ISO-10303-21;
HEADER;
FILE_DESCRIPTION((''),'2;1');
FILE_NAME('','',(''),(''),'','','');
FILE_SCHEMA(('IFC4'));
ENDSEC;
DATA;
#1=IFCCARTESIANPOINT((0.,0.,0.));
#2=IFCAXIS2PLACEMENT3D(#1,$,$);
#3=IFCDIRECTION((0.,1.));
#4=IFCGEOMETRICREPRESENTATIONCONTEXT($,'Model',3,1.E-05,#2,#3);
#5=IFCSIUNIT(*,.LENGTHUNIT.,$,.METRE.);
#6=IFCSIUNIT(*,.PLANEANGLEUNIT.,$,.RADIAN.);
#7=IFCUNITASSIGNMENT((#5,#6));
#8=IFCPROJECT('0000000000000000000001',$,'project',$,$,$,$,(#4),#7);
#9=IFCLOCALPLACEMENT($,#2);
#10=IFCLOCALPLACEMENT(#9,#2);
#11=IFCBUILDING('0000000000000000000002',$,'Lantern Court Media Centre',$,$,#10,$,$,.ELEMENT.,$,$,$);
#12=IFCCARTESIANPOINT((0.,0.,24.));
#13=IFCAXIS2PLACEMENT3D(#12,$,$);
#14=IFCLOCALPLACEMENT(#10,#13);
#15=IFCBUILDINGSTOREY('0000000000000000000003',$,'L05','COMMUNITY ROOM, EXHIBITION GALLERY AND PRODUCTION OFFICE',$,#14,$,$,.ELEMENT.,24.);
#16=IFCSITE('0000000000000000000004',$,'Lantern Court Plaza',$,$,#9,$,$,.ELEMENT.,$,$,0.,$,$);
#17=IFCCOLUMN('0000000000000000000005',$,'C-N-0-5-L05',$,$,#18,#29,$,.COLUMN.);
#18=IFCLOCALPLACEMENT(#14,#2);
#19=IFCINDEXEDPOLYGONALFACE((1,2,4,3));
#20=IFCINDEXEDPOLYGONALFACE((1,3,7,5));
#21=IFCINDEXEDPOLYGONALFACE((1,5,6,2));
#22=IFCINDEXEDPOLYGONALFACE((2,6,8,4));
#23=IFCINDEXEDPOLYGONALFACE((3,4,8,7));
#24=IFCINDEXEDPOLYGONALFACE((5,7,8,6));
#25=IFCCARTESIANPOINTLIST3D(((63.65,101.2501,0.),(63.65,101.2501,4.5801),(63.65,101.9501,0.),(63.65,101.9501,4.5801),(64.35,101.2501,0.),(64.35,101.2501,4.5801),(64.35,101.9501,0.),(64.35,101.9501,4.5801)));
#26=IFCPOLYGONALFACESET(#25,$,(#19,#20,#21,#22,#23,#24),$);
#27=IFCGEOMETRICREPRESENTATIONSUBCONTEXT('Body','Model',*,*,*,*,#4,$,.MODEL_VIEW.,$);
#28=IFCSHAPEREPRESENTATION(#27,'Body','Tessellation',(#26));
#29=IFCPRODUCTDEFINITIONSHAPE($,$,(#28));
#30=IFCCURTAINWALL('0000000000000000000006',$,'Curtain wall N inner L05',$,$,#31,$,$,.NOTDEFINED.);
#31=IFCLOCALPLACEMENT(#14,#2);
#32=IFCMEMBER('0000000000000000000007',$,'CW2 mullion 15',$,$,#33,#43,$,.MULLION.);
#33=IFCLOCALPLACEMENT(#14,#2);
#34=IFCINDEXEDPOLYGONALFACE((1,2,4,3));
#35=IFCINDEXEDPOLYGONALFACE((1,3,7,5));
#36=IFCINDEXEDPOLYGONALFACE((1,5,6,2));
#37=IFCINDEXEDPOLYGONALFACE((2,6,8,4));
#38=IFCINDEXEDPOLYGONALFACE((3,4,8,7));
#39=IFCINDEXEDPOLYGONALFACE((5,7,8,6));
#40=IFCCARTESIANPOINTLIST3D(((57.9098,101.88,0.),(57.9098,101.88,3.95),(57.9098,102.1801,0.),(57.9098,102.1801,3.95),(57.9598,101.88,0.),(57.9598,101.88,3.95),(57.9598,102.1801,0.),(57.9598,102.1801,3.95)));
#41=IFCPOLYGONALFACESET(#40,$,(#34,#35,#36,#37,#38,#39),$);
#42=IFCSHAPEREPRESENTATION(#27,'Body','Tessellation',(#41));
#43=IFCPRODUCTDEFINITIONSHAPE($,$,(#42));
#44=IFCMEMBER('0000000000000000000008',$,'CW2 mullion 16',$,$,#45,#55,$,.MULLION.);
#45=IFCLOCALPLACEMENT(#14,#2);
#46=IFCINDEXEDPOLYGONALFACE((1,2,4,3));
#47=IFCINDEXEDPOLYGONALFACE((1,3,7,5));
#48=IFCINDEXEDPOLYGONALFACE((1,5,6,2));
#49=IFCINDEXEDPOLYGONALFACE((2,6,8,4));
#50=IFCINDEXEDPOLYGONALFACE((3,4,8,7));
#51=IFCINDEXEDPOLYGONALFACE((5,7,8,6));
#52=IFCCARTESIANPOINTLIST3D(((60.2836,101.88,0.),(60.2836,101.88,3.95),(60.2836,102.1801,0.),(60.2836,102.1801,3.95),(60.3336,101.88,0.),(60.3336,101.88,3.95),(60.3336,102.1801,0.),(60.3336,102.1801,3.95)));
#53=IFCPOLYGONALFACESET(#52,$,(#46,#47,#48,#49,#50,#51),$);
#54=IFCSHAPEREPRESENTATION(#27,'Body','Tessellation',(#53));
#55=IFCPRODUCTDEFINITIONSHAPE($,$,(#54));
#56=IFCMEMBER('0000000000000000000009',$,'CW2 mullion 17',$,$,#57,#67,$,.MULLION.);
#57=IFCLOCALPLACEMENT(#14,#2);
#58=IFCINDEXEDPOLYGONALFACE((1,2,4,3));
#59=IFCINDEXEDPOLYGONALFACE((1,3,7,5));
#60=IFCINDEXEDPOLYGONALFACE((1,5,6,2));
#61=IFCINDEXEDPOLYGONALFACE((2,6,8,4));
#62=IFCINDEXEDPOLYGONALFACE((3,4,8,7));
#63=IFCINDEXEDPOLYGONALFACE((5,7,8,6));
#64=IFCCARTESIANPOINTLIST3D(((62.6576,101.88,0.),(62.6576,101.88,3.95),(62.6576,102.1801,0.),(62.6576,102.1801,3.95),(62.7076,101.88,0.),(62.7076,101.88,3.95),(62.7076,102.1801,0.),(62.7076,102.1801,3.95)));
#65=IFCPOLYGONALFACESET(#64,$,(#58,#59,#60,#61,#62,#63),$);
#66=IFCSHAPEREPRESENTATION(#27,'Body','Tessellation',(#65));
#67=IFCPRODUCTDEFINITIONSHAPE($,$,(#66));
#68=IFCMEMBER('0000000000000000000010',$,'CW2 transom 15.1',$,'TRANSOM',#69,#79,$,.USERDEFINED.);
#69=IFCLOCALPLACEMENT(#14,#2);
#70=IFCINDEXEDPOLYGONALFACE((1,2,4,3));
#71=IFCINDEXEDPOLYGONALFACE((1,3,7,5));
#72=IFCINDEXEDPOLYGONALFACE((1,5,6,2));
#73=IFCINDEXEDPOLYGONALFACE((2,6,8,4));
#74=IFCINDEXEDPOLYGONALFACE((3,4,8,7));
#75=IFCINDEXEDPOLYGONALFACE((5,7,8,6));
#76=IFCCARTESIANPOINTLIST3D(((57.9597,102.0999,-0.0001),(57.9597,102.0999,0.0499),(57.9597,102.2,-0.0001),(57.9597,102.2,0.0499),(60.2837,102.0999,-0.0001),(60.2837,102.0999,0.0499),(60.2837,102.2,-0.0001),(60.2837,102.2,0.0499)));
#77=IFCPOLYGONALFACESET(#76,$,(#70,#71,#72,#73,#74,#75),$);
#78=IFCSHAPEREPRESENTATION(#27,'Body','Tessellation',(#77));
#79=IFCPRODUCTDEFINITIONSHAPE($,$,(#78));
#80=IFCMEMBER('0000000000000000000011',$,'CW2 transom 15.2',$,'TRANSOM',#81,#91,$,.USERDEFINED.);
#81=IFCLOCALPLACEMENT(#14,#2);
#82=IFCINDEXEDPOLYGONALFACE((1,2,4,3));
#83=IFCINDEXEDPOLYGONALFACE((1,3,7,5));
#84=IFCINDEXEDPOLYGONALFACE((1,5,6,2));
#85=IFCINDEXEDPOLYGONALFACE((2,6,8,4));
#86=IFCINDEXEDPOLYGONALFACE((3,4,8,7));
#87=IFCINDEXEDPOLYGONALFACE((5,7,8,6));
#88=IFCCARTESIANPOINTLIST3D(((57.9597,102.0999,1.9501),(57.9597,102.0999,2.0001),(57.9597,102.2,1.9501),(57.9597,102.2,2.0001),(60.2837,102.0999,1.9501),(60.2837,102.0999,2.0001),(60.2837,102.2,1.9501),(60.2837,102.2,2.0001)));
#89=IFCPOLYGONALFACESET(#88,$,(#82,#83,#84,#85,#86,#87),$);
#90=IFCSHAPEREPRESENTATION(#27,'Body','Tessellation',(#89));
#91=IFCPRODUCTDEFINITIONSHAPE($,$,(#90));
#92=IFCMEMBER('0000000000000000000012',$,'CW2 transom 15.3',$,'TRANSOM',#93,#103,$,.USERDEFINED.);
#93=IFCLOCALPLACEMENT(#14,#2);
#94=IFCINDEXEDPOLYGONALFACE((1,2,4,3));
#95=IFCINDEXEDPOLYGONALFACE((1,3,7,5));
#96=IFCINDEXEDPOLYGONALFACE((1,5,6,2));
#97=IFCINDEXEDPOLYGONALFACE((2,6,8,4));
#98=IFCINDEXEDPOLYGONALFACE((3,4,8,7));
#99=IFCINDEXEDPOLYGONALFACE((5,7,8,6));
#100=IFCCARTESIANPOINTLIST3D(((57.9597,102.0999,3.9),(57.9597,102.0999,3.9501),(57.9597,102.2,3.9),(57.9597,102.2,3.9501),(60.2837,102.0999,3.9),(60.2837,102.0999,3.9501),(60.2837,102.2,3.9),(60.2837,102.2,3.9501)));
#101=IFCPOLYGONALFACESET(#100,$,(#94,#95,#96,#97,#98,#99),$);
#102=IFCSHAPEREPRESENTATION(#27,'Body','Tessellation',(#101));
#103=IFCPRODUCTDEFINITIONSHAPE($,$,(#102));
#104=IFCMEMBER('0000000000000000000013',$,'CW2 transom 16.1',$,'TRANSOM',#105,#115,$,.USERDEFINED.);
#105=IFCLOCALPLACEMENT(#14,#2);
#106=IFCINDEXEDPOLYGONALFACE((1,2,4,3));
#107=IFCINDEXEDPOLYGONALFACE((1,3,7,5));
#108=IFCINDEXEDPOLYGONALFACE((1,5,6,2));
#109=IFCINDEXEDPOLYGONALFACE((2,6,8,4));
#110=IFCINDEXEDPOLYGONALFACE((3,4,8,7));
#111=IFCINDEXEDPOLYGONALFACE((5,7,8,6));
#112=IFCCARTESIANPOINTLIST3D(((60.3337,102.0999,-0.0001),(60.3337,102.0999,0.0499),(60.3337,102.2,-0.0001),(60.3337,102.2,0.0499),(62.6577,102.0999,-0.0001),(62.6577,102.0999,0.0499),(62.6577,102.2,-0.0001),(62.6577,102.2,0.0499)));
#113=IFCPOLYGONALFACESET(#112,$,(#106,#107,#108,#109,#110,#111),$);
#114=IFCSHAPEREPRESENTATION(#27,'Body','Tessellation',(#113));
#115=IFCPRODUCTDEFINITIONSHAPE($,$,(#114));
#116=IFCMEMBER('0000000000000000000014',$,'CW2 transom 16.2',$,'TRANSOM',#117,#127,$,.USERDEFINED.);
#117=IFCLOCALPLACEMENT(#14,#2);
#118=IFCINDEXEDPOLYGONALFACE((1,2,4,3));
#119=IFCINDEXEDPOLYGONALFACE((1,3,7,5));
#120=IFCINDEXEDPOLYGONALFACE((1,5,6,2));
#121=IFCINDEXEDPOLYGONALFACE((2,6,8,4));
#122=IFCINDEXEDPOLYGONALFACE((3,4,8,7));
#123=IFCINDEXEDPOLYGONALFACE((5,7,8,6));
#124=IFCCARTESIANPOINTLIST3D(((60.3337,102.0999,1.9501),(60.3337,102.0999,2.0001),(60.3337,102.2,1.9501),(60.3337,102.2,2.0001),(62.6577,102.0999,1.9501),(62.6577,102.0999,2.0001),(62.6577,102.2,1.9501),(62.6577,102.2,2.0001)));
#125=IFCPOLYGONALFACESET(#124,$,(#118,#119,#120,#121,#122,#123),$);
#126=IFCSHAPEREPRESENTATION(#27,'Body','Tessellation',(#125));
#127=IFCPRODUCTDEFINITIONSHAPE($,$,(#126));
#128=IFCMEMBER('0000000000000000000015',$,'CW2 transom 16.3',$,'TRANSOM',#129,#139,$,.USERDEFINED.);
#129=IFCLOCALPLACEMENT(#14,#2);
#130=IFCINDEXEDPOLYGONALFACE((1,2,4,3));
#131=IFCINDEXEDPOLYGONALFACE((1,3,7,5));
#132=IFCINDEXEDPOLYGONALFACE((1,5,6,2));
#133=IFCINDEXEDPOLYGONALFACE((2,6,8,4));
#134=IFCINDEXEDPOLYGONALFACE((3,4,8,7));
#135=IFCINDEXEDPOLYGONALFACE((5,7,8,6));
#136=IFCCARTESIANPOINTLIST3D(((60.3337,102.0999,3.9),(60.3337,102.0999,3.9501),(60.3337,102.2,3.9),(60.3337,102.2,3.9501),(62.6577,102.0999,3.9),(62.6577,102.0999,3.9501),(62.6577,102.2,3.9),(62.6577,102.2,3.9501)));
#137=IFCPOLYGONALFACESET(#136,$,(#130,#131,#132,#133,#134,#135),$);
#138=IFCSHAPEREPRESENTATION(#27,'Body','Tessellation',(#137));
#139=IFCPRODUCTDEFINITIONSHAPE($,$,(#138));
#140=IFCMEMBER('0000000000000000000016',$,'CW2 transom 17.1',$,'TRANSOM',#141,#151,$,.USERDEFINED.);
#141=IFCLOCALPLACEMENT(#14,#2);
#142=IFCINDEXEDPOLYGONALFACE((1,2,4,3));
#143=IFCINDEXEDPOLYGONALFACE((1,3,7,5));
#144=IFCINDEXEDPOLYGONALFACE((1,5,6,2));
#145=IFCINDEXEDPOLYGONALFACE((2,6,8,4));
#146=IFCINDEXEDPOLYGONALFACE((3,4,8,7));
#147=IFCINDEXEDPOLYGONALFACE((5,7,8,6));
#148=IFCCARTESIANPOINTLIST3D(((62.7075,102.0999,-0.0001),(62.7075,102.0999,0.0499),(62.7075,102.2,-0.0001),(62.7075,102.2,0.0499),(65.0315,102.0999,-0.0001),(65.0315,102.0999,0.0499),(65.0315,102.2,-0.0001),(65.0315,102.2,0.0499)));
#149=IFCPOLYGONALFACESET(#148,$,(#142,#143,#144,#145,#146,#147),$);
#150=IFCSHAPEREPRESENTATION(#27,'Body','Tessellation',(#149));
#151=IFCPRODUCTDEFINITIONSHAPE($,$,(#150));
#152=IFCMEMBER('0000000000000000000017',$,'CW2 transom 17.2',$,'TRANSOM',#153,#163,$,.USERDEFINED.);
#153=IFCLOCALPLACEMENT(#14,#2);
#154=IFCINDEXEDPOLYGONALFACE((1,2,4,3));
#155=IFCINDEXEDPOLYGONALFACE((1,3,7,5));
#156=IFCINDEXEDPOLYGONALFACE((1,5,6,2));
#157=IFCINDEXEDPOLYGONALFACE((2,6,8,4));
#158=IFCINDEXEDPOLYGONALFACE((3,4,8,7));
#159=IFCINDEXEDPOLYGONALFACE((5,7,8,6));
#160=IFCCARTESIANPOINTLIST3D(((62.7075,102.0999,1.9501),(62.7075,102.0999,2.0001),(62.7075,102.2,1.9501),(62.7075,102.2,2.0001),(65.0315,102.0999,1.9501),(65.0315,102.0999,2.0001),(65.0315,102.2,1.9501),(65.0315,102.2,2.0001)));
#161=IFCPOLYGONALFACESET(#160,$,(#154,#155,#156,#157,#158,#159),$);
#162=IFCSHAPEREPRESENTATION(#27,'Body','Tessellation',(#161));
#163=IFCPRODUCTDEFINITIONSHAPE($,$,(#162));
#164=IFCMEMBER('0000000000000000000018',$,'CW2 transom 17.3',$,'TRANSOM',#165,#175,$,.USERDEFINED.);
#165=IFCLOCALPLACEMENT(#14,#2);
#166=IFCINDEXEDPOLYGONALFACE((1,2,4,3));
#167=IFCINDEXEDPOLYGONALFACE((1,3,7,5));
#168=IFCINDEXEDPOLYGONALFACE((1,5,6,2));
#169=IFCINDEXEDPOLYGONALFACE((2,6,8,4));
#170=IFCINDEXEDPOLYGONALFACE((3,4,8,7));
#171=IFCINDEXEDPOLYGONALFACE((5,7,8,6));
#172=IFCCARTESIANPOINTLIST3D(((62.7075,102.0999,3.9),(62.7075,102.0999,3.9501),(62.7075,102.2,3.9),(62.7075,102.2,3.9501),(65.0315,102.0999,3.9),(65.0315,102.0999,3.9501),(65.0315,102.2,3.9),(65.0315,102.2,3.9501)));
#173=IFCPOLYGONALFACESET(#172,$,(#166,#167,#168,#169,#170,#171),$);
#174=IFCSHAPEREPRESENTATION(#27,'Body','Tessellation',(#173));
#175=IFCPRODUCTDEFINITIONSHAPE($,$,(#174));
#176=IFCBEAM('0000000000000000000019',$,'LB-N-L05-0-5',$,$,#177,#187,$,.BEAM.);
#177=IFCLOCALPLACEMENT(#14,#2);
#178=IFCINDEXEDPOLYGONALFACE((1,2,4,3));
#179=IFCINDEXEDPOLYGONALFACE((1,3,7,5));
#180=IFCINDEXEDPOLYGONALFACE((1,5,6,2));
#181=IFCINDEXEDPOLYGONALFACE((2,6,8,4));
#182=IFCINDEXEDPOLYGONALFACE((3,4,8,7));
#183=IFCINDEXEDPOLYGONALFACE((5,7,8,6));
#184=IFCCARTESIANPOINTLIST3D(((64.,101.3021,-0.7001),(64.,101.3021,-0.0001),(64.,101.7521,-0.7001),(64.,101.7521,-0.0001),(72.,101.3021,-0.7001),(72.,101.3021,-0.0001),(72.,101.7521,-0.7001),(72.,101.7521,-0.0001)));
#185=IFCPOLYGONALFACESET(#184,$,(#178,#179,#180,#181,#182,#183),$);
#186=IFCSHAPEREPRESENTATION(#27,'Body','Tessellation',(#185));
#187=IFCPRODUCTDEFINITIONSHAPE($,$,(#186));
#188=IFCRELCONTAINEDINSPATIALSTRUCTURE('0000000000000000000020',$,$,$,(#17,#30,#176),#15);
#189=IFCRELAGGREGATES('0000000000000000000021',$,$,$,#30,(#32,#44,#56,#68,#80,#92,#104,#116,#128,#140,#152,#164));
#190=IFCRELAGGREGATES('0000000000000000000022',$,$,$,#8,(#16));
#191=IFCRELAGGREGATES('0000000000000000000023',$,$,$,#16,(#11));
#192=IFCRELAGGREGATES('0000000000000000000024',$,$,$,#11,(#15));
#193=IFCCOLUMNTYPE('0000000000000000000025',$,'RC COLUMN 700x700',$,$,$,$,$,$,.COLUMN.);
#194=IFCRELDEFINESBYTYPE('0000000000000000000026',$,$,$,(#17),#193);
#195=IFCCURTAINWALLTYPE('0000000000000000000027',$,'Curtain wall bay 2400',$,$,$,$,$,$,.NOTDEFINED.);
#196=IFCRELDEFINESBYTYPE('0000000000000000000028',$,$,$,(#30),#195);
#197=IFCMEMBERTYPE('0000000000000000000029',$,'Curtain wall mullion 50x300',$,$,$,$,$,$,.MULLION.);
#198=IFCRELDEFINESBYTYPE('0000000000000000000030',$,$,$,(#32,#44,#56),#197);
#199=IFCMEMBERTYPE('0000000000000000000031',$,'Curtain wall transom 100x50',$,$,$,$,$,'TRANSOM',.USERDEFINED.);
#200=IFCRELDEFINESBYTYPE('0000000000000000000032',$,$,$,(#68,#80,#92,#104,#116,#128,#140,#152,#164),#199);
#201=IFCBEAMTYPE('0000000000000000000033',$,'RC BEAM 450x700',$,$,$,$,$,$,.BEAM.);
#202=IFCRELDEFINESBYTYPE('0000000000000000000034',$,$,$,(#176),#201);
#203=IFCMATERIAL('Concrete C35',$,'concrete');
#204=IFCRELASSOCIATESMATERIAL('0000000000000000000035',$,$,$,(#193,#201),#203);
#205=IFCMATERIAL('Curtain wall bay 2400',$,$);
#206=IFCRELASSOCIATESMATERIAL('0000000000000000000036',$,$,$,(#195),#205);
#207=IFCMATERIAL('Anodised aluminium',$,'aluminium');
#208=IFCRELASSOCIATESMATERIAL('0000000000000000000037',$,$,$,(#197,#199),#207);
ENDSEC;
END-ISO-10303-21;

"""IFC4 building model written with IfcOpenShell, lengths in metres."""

from ifc_helpers import new_model, si_unit, direction, frame, origin, origin_2d, place, context, subcontext, project, spatial, rectangle, extrude, material, material_profile, profile_set, type_object, element, aggregate, save


model = new_model("IFC4")

# Units and contexts
model_context = context("Model", 3, precision=1e-05, world=origin(), true_north=direction((0.0, 1.0)))
body_context = subcontext(model_context, "Body", "Model", "MODEL_VIEW")
ifc_project = project(units=[si_unit("LENGTHUNIT", "METRE"), si_unit("PLANEANGLEUNIT", "RADIAN")], contexts=[model_context])

# Site, building, storey
site_placement = place(None, origin())
site = spatial("IfcSite", under=ifc_project, at=site_placement, Name="Lantern Court Plaza", CompositionType="ELEMENT", RefElevation=0.0)
building_placement = place(site_placement, origin())
building = spatial("IfcBuilding", under=site, at=building_placement, Name="Lantern Court Media Centre", CompositionType="ELEMENT")
storey_placement = place(building_placement, frame((0.0, 0.0, 24.0)))
storey = spatial("IfcBuildingStorey", under=building, at=storey_placement, Name="L05", Description="COMMUNITY ROOM, EXHIBITION GALLERY AND PRODUCTION OFFICE", CompositionType="ELEMENT", Elevation=24.0)

# Column
ifc_material_1 = material(Name="Concrete C35", Category="concrete")
ifc_material_profile_1 = material_profile(ifc_material_1, rectangle(XDim=0.7, YDim=0.7, at=origin_2d()), Name="RC 700x700")
ifc_profile_set_1 = profile_set([ifc_material_profile_1], Name="Concrete C35")
column_type = type_object("IfcColumnType", Name="RC COLUMN 700x700", PredefinedType="COLUMN", material=ifc_profile_set_1)
column_placement = place(storey_placement, frame((64.0, 101.6001, 0.0), z_axis=(0.0, 0.0, 1.0), x_axis=(1.0, 0.0, 0.0)))
element("IfcColumn", 1, at=column_placement, inside=storey, type_object=column_type, Name="C-N-0-5-L05", PredefinedType="COLUMN", context=body_context, shape_type="SweptSolid", body=[
    extrude(rectangle(XDim=0.7, YDim=0.7, at=origin_2d()), origin(), (0.0, 0.0, 1.0), 4.5801),
])

# Curtain wall, members
ifc_material_2 = material(Name="Curtain wall bay 2400")
curtain_wall_type = type_object("IfcCurtainWallType", Name="Curtain wall bay 2400", PredefinedType="NOTDEFINED", material=ifc_material_2)
curtain_wall_placement = place(storey_placement, origin())
curtain_wall = element("IfcCurtainWall", 2, at=curtain_wall_placement, inside=storey, type_object=curtain_wall_type, Name="Curtain wall N inner L05", PredefinedType="NOTDEFINED")
ifc_material_3 = material(Name="Anodised aluminium", Category="aluminium")
ifc_material_profile_2 = material_profile(ifc_material_3, rectangle(XDim=0.3, YDim=0.05, at=origin_2d()), Name="AL 50x300")
ifc_profile_set_2 = profile_set([ifc_material_profile_2], Name="Anodised aluminium")
member_type_1 = type_object("IfcMemberType", Name="Curtain wall mullion 50x300", PredefinedType="MULLION", material=ifc_profile_set_2)
member_1_placement = place(storey_placement, frame((57.9348, 102.03, 0.0), z_axis=(0.0, 0.0, 1.0), x_axis=(0.0, 1.0, 0.0)))
member_1 = element("IfcMember", 3, at=member_1_placement, type_object=member_type_1, Name="CW2 mullion 15", PredefinedType="MULLION", context=body_context, shape_type="SweptSolid", body=[
    extrude(rectangle(XDim=0.3, YDim=0.05, at=origin_2d()), origin(), (0.0, 0.0, 1.0), 3.95),
])
member_2_placement = place(storey_placement, frame((60.3086, 102.03, 0.0), z_axis=(0.0, 0.0, 1.0), x_axis=(0.0, 1.0, 0.0)))
member_2 = element("IfcMember", 4, at=member_2_placement, type_object=member_type_1, Name="CW2 mullion 16", PredefinedType="MULLION", context=body_context, shape_type="SweptSolid", body=[
    extrude(rectangle(XDim=0.3, YDim=0.05, at=origin_2d()), origin(), (0.0, 0.0, 1.0), 3.95),
])
member_3_placement = place(storey_placement, frame((62.6826, 102.03, 0.0), z_axis=(0.0, 0.0, 1.0), x_axis=(0.0, 1.0, 0.0)))
member_3 = element("IfcMember", 5, at=member_3_placement, type_object=member_type_1, Name="CW2 mullion 17", PredefinedType="MULLION", context=body_context, shape_type="SweptSolid", body=[
    extrude(rectangle(XDim=0.3, YDim=0.05, at=origin_2d()), origin(), (0.0, 0.0, 1.0), 3.95),
])
ifc_material_profile_3 = material_profile(ifc_material_3, rectangle(XDim=0.1001, YDim=0.05, at=origin_2d()), Name="AL 50x100")
ifc_profile_set_3 = profile_set([ifc_material_profile_3], Name="Anodised aluminium")
member_type_2 = type_object("IfcMemberType", Name="Curtain wall transom 100x50", ElementType="TRANSOM", PredefinedType="USERDEFINED", material=ifc_profile_set_3)
member_4_placement = place(storey_placement, frame((57.9597, 102.1499, 0.0249), z_axis=(1.0, 0.0, 0.0), x_axis=(0.0, 1.0, 0.0)))
member_4 = element("IfcMember", 6, at=member_4_placement, type_object=member_type_2, Name="CW2 transom 15.1", ObjectType="TRANSOM", PredefinedType="USERDEFINED", context=body_context, shape_type="SweptSolid", body=[
    extrude(rectangle(XDim=0.1001, YDim=0.05, at=origin_2d()), origin(), (0.0, 0.0, 1.0), 2.324),
])
member_5_placement = place(storey_placement, frame((57.9597, 102.1499, 1.9751), z_axis=(1.0, 0.0, 0.0), x_axis=(0.0, 1.0, 0.0)))
member_5 = element("IfcMember", 7, at=member_5_placement, type_object=member_type_2, Name="CW2 transom 15.2", ObjectType="TRANSOM", PredefinedType="USERDEFINED", context=body_context, shape_type="SweptSolid", body=[
    extrude(rectangle(XDim=0.1001, YDim=0.05, at=origin_2d()), origin(), (0.0, 0.0, 1.0), 2.324),
])
member_6_placement = place(storey_placement, frame((57.9597, 102.1499, 3.925), z_axis=(1.0, 0.0, 0.0), x_axis=(0.0, 1.0, 0.0)))
member_6 = element("IfcMember", 8, at=member_6_placement, type_object=member_type_2, Name="CW2 transom 15.3", ObjectType="TRANSOM", PredefinedType="USERDEFINED", context=body_context, shape_type="SweptSolid", body=[
    extrude(rectangle(XDim=0.1001, YDim=0.05, at=origin_2d()), origin(), (0.0, 0.0, 1.0), 2.324),
])
member_7_placement = place(storey_placement, frame((60.3337, 102.1499, 0.0249), z_axis=(1.0, 0.0, 0.0), x_axis=(0.0, 1.0, 0.0)))
member_7 = element("IfcMember", 9, at=member_7_placement, type_object=member_type_2, Name="CW2 transom 16.1", ObjectType="TRANSOM", PredefinedType="USERDEFINED", context=body_context, shape_type="SweptSolid", body=[
    extrude(rectangle(XDim=0.1001, YDim=0.05, at=origin_2d()), origin(), (0.0, 0.0, 1.0), 2.324),
])
member_8_placement = place(storey_placement, frame((60.3337, 102.1499, 1.9751), z_axis=(1.0, 0.0, 0.0), x_axis=(0.0, 1.0, 0.0)))
member_8 = element("IfcMember", 10, at=member_8_placement, type_object=member_type_2, Name="CW2 transom 16.2", ObjectType="TRANSOM", PredefinedType="USERDEFINED", context=body_context, shape_type="SweptSolid", body=[
    extrude(rectangle(XDim=0.1001, YDim=0.05, at=origin_2d()), origin(), (0.0, 0.0, 1.0), 2.324),
])
member_9_placement = place(storey_placement, frame((60.3337, 102.1499, 3.925), z_axis=(1.0, 0.0, 0.0), x_axis=(0.0, 1.0, 0.0)))
member_9 = element("IfcMember", 11, at=member_9_placement, type_object=member_type_2, Name="CW2 transom 16.3", ObjectType="TRANSOM", PredefinedType="USERDEFINED", context=body_context, shape_type="SweptSolid", body=[
    extrude(rectangle(XDim=0.1001, YDim=0.05, at=origin_2d()), origin(), (0.0, 0.0, 1.0), 2.324),
])
member_10_placement = place(storey_placement, frame((62.7075, 102.1499, 0.0249), z_axis=(1.0, 0.0, 0.0), x_axis=(0.0, 1.0, 0.0)))
member_10 = element("IfcMember", 12, at=member_10_placement, type_object=member_type_2, Name="CW2 transom 17.1", ObjectType="TRANSOM", PredefinedType="USERDEFINED", context=body_context, shape_type="SweptSolid", body=[
    extrude(rectangle(XDim=0.1001, YDim=0.05, at=origin_2d()), origin(), (0.0, 0.0, 1.0), 2.324),
])
member_11_placement = place(storey_placement, frame((62.7075, 102.1499, 1.9751), z_axis=(1.0, 0.0, 0.0), x_axis=(0.0, 1.0, 0.0)))
member_11 = element("IfcMember", 13, at=member_11_placement, type_object=member_type_2, Name="CW2 transom 17.2", ObjectType="TRANSOM", PredefinedType="USERDEFINED", context=body_context, shape_type="SweptSolid", body=[
    extrude(rectangle(XDim=0.1001, YDim=0.05, at=origin_2d()), origin(), (0.0, 0.0, 1.0), 2.324),
])
member_12_placement = place(storey_placement, frame((62.7075, 102.1499, 3.925), z_axis=(1.0, 0.0, 0.0), x_axis=(0.0, 1.0, 0.0)))
member_12 = element("IfcMember", 14, at=member_12_placement, type_object=member_type_2, Name="CW2 transom 17.3", ObjectType="TRANSOM", PredefinedType="USERDEFINED", context=body_context, shape_type="SweptSolid", body=[
    extrude(rectangle(XDim=0.1001, YDim=0.05, at=origin_2d()), origin(), (0.0, 0.0, 1.0), 2.324),
])

# Beam
ifc_material_profile_4 = material_profile(ifc_material_1, rectangle(XDim=0.45, YDim=0.7, at=origin_2d()), Name="RC 450x700")
ifc_profile_set_4 = profile_set([ifc_material_profile_4], Name="Concrete C35")
beam_type_1 = type_object("IfcBeamType", Name="RC BEAM 450x700", PredefinedType="BEAM", material=ifc_profile_set_4)
beam_1_placement = place(storey_placement, frame((64.0, 101.5271, -0.3501), z_axis=(1.0, 0.0, 0.0), x_axis=(0.0, 1.0, 0.0)))
element("IfcBeam", 15, at=beam_1_placement, inside=storey, type_object=beam_type_1, Name="LB-N-L05-0-5", PredefinedType="BEAM", context=body_context, shape_type="SweptSolid", body=[
    extrude(rectangle(XDim=0.45, YDim=0.7, at=origin_2d()), origin(), (0.0, 0.0, 1.0), 8.0),
])

aggregate(curtain_wall, [member_1, member_2, member_3, member_4, member_5, member_6, member_7, member_8, member_9, member_10, member_11, member_12])

save(model, "model.ifc")
